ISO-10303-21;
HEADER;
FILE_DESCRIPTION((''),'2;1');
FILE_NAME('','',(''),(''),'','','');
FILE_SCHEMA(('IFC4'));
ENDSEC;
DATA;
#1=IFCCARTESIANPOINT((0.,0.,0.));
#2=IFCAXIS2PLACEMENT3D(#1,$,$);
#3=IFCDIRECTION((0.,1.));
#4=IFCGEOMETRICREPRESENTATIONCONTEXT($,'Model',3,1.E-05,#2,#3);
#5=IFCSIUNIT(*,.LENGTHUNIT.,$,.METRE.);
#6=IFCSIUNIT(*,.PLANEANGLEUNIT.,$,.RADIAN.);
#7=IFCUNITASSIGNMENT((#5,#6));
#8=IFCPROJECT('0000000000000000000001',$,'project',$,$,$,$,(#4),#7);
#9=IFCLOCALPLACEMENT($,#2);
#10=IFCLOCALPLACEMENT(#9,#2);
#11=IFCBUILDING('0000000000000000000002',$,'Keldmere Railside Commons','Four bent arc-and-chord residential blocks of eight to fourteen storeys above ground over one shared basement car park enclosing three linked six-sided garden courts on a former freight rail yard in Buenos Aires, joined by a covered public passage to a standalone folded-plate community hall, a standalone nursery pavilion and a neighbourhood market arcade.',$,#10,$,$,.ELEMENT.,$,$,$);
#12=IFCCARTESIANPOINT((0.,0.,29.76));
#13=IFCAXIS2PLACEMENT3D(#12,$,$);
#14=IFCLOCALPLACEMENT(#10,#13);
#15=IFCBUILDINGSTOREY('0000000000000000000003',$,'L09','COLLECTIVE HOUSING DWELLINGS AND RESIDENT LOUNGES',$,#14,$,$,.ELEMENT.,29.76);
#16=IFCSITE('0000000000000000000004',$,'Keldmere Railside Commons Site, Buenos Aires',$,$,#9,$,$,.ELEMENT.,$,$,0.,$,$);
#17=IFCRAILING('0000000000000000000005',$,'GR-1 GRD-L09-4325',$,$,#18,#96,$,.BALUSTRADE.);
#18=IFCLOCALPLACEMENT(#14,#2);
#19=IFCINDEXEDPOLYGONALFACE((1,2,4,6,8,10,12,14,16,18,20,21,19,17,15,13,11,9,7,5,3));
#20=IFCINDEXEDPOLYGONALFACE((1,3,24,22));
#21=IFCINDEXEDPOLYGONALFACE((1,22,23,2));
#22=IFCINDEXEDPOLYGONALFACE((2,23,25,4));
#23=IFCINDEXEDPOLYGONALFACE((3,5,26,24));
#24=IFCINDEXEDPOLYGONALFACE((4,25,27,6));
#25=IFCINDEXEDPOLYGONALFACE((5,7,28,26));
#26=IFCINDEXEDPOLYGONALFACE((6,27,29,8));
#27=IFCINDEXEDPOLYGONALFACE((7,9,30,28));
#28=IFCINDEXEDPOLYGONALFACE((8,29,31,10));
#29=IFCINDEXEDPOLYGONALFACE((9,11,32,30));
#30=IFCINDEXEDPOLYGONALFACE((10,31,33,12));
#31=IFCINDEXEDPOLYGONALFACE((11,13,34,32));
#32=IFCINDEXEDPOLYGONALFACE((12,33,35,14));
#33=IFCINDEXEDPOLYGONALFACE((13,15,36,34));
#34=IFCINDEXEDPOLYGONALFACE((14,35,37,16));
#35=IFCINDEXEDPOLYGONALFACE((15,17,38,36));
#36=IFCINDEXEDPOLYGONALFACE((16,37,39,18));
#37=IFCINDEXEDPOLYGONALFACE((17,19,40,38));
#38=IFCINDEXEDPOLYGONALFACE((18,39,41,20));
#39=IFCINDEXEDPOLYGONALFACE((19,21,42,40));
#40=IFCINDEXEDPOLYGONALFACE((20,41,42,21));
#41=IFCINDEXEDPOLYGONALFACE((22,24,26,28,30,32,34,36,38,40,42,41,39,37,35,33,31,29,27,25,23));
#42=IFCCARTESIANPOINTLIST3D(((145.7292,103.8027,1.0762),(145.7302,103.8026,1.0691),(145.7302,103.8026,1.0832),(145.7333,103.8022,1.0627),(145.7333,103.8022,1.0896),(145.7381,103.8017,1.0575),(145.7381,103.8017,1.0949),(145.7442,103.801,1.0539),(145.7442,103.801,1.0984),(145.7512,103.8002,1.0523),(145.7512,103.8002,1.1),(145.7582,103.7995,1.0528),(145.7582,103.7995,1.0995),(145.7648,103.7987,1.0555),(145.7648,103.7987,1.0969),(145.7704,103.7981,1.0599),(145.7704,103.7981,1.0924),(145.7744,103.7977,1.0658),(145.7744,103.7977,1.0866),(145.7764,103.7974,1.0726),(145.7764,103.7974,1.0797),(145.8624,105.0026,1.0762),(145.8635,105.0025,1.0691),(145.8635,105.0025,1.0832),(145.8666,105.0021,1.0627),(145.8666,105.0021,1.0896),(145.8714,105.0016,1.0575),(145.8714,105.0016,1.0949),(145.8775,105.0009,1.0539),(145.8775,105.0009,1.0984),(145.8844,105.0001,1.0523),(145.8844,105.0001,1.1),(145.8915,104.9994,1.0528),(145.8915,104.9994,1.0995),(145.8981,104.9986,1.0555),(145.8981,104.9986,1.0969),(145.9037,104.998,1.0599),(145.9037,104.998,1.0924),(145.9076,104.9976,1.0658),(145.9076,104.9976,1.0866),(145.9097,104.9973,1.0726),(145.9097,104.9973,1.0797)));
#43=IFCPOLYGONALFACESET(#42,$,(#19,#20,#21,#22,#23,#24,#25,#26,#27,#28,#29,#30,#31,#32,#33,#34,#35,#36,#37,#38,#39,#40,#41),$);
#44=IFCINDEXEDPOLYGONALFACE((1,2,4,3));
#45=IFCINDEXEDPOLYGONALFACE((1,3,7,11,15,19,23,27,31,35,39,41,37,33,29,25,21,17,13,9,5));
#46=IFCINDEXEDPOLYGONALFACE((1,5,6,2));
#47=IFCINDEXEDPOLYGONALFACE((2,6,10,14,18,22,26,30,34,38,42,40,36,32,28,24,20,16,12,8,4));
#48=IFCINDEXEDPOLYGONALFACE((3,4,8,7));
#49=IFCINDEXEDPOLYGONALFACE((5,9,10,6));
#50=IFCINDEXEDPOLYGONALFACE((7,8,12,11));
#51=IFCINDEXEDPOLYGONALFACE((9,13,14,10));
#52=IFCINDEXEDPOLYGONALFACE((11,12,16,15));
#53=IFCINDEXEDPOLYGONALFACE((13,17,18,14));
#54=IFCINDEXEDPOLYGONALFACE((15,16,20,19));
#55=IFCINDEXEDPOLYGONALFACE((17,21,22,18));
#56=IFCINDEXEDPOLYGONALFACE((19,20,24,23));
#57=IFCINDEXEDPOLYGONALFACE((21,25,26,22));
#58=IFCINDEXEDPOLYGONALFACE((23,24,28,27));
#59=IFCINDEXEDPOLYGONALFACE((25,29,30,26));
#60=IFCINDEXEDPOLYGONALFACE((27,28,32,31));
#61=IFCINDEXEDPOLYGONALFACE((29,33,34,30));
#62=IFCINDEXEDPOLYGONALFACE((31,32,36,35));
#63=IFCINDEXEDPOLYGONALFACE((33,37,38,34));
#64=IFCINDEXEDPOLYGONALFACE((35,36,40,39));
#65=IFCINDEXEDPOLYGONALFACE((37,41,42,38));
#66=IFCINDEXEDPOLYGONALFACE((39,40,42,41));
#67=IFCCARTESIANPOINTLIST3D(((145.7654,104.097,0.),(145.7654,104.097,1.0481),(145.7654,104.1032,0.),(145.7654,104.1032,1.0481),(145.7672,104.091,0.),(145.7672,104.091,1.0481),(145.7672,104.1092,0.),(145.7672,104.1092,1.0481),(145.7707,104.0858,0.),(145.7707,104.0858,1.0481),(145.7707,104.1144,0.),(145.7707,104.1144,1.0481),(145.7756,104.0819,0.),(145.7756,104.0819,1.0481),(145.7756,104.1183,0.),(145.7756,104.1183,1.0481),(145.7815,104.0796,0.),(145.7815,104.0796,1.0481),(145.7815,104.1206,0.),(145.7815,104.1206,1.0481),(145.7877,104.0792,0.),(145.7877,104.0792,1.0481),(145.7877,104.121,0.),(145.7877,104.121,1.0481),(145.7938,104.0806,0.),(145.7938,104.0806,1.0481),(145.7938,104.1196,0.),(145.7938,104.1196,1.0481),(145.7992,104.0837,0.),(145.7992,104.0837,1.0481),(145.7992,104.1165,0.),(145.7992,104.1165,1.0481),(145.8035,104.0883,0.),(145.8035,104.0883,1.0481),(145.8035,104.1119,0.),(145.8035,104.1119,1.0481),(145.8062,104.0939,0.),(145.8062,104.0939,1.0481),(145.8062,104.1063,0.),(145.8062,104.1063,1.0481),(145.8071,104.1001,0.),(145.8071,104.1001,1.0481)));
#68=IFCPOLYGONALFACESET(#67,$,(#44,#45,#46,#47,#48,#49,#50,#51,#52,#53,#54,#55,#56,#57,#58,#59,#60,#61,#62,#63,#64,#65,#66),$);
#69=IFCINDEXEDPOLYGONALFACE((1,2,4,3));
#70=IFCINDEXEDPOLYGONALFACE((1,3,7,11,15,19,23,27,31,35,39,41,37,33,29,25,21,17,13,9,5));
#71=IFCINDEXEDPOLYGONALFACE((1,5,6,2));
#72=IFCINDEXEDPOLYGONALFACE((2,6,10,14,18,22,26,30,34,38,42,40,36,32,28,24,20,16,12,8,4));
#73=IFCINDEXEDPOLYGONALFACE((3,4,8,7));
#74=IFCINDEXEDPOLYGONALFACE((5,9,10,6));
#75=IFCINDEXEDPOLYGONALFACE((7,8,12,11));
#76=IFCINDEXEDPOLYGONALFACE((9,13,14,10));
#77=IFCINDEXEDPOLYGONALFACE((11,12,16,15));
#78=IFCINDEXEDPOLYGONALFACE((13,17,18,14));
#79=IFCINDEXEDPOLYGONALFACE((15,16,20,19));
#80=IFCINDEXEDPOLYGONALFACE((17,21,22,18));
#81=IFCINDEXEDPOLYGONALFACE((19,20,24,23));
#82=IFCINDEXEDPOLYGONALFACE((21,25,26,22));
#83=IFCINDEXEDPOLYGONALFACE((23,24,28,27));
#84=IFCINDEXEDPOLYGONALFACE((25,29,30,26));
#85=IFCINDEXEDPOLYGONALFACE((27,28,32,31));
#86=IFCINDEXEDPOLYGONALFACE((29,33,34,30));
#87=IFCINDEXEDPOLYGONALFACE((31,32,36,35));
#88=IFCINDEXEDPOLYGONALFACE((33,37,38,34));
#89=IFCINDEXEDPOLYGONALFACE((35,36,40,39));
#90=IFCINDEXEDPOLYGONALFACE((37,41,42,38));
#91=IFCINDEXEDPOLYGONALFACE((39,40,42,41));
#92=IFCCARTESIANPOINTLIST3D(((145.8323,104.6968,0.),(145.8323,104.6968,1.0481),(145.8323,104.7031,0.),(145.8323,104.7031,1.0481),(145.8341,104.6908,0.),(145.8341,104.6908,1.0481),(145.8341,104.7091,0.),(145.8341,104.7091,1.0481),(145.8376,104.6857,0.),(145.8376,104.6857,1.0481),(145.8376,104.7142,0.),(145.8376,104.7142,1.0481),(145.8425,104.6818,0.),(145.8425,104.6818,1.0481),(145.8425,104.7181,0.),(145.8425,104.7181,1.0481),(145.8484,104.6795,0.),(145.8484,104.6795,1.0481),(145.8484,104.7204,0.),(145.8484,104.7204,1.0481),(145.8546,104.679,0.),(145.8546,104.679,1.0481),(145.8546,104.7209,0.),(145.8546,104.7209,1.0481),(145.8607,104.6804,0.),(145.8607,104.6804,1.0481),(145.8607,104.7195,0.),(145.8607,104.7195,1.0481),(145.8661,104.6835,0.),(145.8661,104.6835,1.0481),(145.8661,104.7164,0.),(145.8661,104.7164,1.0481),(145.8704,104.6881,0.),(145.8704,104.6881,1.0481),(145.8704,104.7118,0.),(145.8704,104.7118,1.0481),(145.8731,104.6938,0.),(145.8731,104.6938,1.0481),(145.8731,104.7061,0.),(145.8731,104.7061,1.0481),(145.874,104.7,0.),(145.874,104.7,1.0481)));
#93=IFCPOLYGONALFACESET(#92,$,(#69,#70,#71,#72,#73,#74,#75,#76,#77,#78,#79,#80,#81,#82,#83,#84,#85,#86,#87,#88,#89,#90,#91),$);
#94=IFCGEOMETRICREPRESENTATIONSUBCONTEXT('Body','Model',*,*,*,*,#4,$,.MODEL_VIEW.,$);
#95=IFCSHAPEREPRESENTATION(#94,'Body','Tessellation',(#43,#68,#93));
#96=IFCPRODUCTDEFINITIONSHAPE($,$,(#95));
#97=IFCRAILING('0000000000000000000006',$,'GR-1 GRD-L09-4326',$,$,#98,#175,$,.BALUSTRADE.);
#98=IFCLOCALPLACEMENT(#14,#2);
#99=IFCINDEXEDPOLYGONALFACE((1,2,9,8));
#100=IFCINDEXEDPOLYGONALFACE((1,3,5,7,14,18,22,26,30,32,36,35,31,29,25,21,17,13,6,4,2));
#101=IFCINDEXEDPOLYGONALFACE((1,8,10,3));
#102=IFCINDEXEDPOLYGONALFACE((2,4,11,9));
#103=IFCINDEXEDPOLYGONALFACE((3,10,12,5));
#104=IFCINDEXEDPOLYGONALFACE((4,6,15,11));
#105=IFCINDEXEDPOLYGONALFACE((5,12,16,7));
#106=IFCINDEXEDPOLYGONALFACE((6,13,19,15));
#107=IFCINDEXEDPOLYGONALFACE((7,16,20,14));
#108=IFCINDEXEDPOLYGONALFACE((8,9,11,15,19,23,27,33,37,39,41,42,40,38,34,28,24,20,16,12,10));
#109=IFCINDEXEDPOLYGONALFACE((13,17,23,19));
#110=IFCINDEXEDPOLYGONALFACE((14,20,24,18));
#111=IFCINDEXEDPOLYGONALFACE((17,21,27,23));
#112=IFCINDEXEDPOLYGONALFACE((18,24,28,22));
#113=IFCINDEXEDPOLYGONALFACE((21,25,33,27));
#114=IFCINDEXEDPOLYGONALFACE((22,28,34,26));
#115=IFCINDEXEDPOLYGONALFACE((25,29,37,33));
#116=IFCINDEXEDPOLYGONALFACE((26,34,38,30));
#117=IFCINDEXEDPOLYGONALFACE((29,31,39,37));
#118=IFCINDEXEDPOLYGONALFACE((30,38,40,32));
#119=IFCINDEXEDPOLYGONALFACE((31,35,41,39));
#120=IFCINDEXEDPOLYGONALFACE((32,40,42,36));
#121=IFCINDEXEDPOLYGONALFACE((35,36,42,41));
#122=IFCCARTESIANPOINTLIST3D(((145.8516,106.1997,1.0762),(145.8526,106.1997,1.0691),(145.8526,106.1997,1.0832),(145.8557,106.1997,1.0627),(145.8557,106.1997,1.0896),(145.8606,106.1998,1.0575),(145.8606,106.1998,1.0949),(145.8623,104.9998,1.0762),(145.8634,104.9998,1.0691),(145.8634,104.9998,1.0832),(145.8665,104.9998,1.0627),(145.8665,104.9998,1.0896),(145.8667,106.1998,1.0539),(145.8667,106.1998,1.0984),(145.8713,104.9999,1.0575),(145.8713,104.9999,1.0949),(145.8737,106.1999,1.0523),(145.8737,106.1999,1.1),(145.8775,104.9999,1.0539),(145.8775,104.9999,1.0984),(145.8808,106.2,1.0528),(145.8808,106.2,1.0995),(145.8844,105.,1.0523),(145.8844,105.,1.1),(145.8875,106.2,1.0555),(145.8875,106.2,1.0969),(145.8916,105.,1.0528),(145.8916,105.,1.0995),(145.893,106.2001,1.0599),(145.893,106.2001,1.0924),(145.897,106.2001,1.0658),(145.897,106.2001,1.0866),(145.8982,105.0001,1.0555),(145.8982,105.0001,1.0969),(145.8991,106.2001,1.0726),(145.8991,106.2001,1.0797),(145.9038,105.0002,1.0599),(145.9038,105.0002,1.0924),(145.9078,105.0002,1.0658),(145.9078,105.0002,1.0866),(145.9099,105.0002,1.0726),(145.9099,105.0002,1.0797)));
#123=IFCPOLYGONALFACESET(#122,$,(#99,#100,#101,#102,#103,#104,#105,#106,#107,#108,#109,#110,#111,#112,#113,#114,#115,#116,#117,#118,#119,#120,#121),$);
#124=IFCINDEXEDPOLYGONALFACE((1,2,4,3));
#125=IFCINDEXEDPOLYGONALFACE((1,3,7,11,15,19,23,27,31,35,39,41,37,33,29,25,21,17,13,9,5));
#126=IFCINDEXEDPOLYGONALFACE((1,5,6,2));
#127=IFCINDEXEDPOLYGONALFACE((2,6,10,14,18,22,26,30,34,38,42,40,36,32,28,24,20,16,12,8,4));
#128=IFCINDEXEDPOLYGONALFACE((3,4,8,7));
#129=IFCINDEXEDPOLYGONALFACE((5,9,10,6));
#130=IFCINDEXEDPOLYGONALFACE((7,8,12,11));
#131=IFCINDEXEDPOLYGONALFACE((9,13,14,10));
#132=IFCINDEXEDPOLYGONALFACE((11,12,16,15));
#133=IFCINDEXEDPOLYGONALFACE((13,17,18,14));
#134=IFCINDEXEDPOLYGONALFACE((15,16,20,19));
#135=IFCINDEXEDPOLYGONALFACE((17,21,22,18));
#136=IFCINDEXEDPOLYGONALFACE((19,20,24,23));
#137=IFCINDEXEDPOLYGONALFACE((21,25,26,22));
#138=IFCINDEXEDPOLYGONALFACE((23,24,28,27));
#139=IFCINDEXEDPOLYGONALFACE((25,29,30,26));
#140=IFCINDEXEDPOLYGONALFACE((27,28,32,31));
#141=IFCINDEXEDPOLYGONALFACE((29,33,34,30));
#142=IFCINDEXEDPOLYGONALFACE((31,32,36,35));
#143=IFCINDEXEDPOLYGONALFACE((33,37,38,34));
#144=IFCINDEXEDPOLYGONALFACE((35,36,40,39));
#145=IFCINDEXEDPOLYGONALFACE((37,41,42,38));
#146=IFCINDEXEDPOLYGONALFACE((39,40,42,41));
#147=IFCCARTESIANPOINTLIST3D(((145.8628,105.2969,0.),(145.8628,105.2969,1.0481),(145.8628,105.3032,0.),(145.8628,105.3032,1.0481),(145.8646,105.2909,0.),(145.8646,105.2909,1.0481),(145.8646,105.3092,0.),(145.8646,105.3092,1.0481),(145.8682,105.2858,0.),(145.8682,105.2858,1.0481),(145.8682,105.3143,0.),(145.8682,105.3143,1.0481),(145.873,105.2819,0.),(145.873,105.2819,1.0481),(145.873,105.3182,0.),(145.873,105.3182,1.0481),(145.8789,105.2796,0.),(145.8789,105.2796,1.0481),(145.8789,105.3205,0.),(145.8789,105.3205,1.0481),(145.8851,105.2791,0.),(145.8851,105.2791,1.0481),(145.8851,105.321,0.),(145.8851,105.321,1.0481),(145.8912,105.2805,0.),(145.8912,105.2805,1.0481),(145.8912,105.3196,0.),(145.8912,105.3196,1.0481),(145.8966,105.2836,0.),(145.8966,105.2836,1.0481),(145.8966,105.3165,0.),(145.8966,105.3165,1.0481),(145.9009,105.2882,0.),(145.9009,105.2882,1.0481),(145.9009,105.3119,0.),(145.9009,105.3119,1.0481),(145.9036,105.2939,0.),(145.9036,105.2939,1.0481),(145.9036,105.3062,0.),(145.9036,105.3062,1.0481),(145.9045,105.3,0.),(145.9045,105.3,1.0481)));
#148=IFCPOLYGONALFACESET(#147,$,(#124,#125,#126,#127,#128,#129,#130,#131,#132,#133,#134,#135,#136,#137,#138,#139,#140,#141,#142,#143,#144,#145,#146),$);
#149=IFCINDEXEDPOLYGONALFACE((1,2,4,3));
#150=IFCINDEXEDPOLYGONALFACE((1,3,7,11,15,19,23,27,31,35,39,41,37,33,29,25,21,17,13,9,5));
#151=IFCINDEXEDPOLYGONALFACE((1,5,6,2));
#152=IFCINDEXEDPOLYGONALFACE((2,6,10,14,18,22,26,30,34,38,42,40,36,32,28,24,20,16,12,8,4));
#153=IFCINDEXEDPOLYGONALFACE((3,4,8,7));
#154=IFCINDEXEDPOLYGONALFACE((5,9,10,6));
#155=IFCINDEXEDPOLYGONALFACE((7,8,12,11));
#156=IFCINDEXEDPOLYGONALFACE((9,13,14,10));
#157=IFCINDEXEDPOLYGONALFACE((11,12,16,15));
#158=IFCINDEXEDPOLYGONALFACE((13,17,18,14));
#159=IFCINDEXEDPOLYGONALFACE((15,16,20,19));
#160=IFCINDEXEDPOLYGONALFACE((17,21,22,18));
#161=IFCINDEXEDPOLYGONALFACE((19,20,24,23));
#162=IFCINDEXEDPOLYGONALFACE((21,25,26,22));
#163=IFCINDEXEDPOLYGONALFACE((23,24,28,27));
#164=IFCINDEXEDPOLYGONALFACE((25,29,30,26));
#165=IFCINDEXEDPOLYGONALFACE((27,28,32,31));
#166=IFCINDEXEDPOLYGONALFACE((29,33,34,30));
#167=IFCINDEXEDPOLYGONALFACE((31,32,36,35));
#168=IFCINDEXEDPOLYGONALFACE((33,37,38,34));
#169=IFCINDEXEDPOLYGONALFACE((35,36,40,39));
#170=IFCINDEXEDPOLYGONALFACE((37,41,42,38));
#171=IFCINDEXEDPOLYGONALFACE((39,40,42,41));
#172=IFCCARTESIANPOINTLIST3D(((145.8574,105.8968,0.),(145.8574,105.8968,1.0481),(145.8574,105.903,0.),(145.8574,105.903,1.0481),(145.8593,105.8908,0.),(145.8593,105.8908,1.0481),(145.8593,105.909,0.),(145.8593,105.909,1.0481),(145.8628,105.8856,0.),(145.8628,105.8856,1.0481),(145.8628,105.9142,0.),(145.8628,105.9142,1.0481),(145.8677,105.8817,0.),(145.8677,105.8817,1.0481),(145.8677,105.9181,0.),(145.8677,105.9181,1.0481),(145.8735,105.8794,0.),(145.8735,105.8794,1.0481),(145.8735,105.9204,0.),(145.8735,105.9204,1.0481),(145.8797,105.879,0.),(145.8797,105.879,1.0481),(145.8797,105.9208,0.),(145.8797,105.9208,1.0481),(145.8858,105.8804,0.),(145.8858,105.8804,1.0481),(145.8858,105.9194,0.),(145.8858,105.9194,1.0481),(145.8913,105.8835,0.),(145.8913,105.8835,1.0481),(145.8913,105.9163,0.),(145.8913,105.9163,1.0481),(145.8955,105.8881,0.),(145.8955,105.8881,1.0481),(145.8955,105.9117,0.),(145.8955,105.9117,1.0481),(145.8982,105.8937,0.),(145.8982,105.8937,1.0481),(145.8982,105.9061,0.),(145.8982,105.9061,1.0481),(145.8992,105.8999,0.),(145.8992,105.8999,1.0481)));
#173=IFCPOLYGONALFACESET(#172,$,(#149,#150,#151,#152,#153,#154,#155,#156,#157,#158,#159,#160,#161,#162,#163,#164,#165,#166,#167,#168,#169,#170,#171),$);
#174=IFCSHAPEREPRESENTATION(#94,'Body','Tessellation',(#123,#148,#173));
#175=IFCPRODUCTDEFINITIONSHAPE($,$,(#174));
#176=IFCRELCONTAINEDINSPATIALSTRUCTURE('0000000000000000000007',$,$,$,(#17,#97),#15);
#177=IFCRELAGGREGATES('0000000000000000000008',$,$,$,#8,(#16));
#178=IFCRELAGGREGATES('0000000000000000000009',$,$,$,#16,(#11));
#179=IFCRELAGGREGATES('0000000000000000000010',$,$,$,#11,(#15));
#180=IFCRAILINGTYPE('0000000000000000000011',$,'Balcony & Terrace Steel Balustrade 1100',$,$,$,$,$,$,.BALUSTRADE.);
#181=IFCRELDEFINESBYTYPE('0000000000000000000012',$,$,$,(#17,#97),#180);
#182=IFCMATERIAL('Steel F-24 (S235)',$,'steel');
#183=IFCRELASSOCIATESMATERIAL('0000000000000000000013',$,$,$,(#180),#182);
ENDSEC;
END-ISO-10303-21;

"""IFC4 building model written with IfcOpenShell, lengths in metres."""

from ifc_helpers import new_model, si_unit, direction, frame, origin, origin_2d, place, context, subcontext, project, spatial, circle, extrude, material, type_object, element, save


model = new_model("IFC4")

# Units and contexts
model_context = context("Model", 3, precision=1e-05, world=origin(), true_north=direction((0.0, 1.0)))
body_context = subcontext(model_context, "Body", "Model", "MODEL_VIEW")
ifc_project = project(units=[si_unit("LENGTHUNIT", "METRE"), si_unit("PLANEANGLEUNIT", "RADIAN")], contexts=[model_context])

# Site, building, storey
site_placement = place(None, origin())
site = spatial("IfcSite", under=ifc_project, at=site_placement, Name="Keldmere Railside Commons Site, Buenos Aires", CompositionType="ELEMENT", RefElevation=0.0)
building_placement = place(site_placement, origin())
building = spatial("IfcBuilding", under=site, at=building_placement, Name="Keldmere Railside Commons", Description="Four bent arc-and-chord residential blocks of eight to fourteen storeys above ground over one shared basement car park enclosing three linked six-sided garden courts on a former freight rail yard in Buenos Aires, joined by a covered public passage to a standalone folded-plate community hall, a standalone nursery pavilion and a neighbourhood market arcade.", CompositionType="ELEMENT")
storey_placement = place(building_placement, frame((0.0, 0.0, 29.76)))
storey = spatial("IfcBuildingStorey", under=building, at=storey_placement, Name="L09", Description="COLLECTIVE HOUSING DWELLINGS AND RESIDENT LOUNGES", CompositionType="ELEMENT", Elevation=29.76)

# Shared definitions
ifc_material_1 = material(Name="Steel F-24 (S235)", Category="steel")

# Railings
railing_type = type_object("IfcRailingType", Name="Balcony & Terrace Steel Balustrade 1100", PredefinedType="BALUSTRADE", material=ifc_material_1)
railing_1_placement = place(storey_placement, frame((145.7529, 103.8, 0.0)))
element("IfcRailing", 1, at=railing_1_placement, inside=storey, type_object=railing_type, Name="GR-1 GRD-L09-4325", PredefinedType="BALUSTRADE", context=body_context, shape_type="SweptSolid", body=[
    extrude(circle(Radius=0.0239, at=origin_2d()), frame((0.0, 0.0, 1.0762), z_axis=(0.110409, 0.993886, 0.0), x_axis=(-0.993886, 0.110409, 0.0)), (0.0, 0.0, 1.0), 1.2073),
    extrude(circle(Radius=0.021, at=origin_2d()), frame((0.0332, 0.3, 0.0)), (0.0, 0.0, 1.0), 1.0481),
    extrude(circle(Radius=0.021, at=origin_2d()), frame((0.1001, 0.8999, 0.0)), (0.0, 0.0, 1.0), 1.0481),
])
railing_2_placement = place(storey_placement, frame((145.8862, 105.0, 0.0)))
element("IfcRailing", 2, at=railing_2_placement, inside=storey, type_object=railing_type, Name="GR-1 GRD-L09-4326", PredefinedType="BALUSTRADE", context=body_context, shape_type="SweptSolid", body=[
    extrude(circle(Radius=0.0239, at=origin_2d()), frame((0.0, 0.0, 1.0762), z_axis=(-0.008952, 0.99996, 0.0), x_axis=(-0.99996, -0.008952, 0.0)), (0.0, 0.0, 1.0), 1.2),
    extrude(circle(Radius=0.021, at=origin_2d()), frame((-0.0027, 0.3, 0.0)), (0.0, 0.0, 1.0), 1.0481),
    extrude(circle(Radius=0.021, at=origin_2d()), frame((-0.0081, 0.8999, 0.0)), (0.0, 0.0, 1.0), 1.0481),
])

save(model, "model.ifc")
